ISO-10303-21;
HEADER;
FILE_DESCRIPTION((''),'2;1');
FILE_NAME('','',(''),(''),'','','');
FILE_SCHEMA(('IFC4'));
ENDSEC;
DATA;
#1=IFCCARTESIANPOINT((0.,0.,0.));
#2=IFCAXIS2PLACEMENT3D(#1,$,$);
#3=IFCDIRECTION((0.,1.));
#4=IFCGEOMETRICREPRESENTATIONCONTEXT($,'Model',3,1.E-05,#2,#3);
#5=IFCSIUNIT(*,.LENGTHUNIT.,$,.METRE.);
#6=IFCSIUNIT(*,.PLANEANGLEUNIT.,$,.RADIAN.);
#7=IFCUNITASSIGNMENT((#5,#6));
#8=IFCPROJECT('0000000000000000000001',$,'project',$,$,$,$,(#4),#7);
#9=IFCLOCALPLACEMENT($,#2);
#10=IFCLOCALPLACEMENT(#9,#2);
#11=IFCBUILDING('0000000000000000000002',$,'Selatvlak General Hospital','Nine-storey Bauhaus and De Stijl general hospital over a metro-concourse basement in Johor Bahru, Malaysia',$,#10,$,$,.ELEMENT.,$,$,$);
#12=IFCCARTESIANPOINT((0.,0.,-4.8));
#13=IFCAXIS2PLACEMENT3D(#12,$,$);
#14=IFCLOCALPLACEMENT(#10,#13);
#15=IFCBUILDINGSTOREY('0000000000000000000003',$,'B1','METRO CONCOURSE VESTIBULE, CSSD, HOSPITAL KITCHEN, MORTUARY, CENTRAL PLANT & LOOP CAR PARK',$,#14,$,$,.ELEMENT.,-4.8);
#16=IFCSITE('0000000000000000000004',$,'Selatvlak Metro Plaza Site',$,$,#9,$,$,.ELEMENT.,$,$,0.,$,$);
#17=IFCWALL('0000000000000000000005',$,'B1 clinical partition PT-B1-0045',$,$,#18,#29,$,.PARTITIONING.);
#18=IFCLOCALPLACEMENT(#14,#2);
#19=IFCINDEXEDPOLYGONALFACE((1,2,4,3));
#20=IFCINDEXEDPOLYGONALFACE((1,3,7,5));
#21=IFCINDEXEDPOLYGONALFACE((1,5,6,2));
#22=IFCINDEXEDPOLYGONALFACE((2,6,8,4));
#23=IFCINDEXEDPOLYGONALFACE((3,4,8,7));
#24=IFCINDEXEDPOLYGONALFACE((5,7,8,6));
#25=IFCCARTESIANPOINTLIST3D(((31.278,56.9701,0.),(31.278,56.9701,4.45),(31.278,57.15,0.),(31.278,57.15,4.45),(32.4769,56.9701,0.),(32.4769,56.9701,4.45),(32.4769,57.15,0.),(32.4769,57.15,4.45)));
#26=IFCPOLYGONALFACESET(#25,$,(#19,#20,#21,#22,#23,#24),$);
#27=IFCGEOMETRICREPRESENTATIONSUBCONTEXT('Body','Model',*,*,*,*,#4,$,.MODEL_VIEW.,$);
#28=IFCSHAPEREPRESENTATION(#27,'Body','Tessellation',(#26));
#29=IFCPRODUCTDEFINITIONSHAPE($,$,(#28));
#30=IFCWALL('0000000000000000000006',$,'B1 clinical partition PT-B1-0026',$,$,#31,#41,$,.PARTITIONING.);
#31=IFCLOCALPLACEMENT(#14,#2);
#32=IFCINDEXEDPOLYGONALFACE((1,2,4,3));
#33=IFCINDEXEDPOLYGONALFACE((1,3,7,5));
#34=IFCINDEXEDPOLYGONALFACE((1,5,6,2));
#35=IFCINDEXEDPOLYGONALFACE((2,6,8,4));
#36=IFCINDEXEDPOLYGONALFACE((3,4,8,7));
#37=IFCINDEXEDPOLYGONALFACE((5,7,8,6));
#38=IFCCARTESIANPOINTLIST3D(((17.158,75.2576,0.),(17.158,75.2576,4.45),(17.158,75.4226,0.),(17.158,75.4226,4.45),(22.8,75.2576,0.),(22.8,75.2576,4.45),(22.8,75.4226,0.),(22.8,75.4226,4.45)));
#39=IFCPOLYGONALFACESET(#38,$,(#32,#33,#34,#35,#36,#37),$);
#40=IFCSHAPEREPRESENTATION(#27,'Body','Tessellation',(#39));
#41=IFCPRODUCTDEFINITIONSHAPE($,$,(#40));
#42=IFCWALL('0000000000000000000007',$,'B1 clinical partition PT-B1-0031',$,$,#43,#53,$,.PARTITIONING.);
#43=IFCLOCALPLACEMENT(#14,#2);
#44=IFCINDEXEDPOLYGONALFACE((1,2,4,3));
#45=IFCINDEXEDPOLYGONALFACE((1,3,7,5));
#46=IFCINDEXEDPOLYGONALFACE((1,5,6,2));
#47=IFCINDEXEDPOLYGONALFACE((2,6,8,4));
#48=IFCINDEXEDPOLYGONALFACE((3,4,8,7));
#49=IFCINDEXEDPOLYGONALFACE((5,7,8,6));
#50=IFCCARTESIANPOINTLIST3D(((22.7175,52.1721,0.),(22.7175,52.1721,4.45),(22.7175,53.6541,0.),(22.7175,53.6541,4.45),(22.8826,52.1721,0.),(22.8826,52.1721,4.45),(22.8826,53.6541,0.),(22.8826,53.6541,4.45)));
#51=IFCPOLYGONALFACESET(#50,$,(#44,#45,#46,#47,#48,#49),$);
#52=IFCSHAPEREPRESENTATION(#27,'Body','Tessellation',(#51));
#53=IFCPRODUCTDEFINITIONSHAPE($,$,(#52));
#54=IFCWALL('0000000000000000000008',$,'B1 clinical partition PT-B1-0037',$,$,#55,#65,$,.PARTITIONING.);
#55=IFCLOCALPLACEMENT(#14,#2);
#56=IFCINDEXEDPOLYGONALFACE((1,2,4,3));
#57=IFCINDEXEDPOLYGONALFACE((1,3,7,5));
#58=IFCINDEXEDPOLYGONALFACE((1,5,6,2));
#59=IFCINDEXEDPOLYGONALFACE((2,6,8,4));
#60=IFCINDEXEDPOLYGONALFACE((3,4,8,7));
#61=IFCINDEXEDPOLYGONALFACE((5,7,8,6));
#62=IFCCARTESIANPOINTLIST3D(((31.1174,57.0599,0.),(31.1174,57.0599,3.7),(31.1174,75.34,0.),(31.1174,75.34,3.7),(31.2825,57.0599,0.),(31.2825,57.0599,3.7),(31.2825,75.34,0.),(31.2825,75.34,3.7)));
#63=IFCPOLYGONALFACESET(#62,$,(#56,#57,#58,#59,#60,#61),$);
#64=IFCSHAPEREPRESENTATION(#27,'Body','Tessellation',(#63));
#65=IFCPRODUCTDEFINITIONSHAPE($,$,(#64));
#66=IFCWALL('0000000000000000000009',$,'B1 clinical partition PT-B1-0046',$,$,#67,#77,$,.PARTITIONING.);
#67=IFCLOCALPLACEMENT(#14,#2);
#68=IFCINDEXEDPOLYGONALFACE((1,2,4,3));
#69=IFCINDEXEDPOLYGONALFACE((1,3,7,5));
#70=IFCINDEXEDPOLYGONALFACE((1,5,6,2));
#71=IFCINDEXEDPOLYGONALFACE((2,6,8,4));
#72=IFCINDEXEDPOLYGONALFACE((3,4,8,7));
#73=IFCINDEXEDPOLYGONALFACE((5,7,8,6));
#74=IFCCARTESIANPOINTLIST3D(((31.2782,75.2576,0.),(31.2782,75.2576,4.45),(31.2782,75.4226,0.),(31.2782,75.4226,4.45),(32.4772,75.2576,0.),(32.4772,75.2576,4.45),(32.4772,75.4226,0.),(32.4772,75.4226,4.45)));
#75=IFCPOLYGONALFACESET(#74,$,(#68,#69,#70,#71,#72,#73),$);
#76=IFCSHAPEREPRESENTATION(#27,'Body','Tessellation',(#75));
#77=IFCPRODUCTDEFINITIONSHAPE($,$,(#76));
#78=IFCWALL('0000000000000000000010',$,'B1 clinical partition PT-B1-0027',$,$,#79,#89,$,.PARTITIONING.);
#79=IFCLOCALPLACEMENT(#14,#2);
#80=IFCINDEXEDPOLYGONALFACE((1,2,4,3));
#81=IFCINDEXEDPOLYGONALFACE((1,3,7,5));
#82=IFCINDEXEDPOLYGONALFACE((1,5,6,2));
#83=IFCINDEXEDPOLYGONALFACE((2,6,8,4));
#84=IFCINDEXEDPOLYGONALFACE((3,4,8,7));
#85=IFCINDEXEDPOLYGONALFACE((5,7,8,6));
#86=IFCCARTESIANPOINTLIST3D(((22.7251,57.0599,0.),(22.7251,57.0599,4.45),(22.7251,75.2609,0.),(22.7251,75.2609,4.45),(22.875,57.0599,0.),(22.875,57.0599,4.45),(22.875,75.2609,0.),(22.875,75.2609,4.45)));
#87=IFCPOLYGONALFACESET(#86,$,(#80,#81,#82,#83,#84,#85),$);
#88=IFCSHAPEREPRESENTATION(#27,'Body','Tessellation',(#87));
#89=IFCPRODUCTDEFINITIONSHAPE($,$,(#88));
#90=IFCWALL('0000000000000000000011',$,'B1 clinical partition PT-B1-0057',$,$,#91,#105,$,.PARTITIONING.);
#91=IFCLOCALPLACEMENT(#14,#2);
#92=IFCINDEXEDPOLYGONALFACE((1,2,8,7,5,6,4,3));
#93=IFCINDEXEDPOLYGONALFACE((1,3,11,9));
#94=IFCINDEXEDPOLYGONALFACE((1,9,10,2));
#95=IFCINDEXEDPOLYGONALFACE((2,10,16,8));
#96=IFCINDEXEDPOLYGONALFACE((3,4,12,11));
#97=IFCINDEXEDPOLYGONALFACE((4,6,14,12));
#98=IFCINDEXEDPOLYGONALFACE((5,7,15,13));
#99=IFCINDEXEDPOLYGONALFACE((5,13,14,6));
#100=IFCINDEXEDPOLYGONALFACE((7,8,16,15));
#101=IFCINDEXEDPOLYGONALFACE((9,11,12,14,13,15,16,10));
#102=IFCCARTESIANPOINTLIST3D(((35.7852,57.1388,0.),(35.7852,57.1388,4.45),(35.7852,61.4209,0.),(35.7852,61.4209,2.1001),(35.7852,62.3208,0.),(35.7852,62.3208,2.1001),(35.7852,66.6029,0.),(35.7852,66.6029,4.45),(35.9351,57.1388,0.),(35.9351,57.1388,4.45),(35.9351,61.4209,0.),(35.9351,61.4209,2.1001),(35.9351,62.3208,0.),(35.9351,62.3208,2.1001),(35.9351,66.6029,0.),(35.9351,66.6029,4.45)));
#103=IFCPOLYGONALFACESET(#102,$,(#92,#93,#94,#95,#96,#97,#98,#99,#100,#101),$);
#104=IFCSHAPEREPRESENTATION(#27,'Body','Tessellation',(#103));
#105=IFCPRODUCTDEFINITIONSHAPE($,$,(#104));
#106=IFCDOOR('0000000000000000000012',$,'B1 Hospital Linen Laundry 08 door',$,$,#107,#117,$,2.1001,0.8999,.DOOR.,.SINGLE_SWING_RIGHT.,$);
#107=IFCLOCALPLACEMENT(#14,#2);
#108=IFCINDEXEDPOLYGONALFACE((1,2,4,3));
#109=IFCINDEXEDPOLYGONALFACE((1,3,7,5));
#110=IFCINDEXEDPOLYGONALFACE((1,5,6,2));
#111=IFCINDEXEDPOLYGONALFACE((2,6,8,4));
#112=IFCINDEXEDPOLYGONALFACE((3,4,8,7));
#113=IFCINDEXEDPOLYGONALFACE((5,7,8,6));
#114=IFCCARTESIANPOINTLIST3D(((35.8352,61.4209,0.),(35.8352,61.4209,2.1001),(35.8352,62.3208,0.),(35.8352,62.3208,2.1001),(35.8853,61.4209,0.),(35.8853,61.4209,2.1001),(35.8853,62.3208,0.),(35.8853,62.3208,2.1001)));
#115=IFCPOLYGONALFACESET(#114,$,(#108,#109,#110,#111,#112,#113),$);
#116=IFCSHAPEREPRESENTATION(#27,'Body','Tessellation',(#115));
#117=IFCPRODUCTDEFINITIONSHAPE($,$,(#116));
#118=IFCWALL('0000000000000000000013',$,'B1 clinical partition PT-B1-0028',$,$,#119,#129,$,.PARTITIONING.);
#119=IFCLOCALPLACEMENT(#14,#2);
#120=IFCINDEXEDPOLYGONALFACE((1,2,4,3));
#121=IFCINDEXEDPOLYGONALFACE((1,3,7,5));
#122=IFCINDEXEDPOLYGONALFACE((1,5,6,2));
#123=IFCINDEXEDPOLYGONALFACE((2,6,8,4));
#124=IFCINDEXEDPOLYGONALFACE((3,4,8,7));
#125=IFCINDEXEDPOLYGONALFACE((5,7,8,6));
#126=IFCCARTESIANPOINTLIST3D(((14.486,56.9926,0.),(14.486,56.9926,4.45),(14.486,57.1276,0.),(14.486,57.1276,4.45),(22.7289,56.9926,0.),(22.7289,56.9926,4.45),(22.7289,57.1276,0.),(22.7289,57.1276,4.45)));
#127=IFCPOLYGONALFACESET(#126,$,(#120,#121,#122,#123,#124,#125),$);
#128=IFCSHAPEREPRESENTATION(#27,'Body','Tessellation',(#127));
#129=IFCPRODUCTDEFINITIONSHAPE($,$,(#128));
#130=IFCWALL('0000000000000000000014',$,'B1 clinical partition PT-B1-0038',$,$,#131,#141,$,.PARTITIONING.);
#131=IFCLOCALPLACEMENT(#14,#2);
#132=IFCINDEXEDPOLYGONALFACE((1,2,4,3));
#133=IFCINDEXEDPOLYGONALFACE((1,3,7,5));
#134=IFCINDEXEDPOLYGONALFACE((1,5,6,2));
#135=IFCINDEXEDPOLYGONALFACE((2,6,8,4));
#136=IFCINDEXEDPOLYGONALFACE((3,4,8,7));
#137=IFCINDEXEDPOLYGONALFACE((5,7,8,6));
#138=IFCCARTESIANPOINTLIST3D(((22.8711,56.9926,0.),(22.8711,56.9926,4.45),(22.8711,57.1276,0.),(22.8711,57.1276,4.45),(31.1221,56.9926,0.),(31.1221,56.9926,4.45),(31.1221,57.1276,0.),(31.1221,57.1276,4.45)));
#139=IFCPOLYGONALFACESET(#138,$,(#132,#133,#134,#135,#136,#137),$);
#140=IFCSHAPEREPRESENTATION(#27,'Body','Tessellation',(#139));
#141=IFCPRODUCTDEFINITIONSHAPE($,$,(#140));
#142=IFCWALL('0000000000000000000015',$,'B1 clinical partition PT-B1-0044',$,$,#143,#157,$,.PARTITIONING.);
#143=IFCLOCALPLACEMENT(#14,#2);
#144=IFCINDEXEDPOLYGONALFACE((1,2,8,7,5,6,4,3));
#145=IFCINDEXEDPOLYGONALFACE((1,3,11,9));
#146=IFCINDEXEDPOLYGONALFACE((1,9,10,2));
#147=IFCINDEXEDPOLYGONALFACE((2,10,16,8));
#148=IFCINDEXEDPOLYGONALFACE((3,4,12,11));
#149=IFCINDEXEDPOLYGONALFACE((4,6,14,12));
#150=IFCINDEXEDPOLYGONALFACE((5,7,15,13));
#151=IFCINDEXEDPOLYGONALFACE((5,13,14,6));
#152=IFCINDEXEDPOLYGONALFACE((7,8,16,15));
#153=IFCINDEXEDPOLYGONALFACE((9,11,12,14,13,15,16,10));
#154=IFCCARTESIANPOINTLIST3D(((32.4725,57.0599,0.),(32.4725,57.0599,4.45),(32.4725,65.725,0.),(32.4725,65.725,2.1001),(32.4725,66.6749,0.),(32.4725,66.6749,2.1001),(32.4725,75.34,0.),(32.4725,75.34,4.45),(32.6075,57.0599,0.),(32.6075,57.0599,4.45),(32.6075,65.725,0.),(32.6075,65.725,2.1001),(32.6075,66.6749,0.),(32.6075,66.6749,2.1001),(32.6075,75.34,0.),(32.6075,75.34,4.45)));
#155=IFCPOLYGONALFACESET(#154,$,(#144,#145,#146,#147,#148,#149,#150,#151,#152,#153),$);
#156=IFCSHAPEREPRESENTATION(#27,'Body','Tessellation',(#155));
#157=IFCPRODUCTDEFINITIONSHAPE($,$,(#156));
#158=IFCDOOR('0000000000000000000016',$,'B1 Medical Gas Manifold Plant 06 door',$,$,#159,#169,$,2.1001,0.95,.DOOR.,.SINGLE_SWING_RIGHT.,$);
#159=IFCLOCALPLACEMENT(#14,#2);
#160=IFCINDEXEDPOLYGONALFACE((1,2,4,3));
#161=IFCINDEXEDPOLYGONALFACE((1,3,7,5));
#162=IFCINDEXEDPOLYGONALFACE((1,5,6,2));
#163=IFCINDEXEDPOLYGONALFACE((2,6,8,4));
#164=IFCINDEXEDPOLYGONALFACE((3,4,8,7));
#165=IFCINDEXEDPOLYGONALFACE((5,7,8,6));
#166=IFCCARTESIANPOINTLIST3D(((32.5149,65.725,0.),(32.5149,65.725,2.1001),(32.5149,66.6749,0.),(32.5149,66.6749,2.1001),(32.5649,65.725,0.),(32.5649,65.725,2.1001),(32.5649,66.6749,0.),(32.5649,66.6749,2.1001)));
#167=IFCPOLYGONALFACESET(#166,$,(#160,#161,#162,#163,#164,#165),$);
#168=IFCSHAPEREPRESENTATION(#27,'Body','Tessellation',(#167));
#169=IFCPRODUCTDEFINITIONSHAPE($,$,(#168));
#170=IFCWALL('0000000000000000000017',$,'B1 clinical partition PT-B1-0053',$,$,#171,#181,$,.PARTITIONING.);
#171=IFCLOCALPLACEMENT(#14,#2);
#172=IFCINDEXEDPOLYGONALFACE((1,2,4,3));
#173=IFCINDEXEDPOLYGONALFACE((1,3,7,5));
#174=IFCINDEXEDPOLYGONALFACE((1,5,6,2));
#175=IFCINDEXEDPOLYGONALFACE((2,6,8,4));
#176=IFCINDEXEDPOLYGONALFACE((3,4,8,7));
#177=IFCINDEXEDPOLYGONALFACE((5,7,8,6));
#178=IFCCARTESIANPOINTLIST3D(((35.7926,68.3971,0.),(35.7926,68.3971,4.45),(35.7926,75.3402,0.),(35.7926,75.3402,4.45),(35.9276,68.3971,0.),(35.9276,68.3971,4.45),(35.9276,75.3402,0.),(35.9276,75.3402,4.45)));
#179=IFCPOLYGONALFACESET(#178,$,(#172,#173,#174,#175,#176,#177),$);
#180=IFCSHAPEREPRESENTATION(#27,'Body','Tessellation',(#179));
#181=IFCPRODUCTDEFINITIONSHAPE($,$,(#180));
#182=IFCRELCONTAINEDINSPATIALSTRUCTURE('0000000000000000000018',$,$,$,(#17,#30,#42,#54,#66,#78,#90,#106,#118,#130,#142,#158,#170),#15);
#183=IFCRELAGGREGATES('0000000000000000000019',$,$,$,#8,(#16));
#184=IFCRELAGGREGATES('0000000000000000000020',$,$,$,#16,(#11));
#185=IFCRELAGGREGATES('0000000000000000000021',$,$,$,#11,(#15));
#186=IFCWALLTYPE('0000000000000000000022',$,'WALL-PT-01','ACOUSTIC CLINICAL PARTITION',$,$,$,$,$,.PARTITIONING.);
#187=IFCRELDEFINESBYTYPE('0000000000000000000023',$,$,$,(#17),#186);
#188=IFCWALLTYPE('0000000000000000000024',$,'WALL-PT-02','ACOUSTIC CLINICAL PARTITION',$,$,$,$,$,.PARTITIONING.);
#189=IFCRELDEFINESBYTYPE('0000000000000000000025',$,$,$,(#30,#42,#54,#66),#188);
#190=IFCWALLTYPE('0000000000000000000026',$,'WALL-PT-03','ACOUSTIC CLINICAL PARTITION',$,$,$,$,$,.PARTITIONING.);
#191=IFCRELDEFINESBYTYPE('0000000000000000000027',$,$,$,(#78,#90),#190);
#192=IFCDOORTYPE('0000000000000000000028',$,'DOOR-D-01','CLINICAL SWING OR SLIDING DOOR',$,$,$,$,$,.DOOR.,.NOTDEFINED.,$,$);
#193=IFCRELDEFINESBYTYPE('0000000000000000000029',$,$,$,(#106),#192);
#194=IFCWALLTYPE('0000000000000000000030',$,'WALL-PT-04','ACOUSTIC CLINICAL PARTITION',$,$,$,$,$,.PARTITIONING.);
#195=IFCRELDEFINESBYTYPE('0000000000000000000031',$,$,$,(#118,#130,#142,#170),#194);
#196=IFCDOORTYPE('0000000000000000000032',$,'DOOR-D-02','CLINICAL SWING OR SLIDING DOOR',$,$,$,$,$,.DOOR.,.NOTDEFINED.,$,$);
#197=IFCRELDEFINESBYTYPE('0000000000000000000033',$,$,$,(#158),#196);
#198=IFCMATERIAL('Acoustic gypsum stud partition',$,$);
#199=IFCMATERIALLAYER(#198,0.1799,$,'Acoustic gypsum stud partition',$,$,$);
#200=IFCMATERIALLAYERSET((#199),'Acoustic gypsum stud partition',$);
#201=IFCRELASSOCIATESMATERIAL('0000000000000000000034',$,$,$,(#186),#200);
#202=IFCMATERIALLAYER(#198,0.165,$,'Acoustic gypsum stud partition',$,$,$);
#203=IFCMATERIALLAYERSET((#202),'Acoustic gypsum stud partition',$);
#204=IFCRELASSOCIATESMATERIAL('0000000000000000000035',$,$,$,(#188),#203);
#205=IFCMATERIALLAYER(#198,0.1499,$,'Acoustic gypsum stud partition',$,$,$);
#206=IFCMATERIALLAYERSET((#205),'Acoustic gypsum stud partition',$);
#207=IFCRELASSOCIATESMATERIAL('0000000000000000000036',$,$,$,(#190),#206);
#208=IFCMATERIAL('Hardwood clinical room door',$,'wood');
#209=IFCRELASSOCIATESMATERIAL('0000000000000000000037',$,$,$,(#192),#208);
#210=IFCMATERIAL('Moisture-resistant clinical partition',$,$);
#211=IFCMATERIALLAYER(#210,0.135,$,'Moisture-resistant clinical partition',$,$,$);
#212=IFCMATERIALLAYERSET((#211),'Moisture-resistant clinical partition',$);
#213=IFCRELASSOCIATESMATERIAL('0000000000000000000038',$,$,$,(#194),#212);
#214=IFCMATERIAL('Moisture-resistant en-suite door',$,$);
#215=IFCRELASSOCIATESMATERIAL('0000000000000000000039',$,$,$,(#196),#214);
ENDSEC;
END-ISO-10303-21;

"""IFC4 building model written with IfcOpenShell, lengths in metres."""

from ifc_helpers import new_model, si_unit, direction, frame, frame_2d, origin, place, context, subcontext, project, spatial, rectangle, extrude, material, layer, layer_set, type_object, element, fill, save


model = new_model("IFC4")

# Units and contexts
model_context = context("Model", 3, precision=1e-05, world=origin(), true_north=direction((0.0, 1.0)))
body_context = subcontext(model_context, "Body", "Model", "MODEL_VIEW")
ifc_project = project(units=[si_unit("LENGTHUNIT", "METRE"), si_unit("PLANEANGLEUNIT", "RADIAN")], contexts=[model_context])

# Site, building, storey
site_placement = place(None, origin())
site = spatial("IfcSite", under=ifc_project, at=site_placement, Name="Selatvlak Metro Plaza Site", CompositionType="ELEMENT", RefElevation=0.0)
building_placement = place(site_placement, origin())
building = spatial("IfcBuilding", under=site, at=building_placement, Name="Selatvlak General Hospital", Description="Nine-storey Bauhaus and De Stijl general hospital over a metro-concourse basement in Johor Bahru, Malaysia", CompositionType="ELEMENT")
storey_placement = place(building_placement, frame((0.0, 0.0, -4.8)))
storey = spatial("IfcBuildingStorey", under=building, at=storey_placement, Name="B1", Description="METRO CONCOURSE VESTIBULE, CSSD, HOSPITAL KITCHEN, MORTUARY, CENTRAL PLANT & LOOP CAR PARK", CompositionType="ELEMENT", Elevation=-4.8)

# Shared definitions
ifc_material_1 = material(Name="Acoustic gypsum stud partition")
ifc_layer_1 = layer(ifc_material_1, 0.1799, Name="Acoustic gypsum stud partition")
ifc_layer_set_1 = layer_set([ifc_layer_1], Name="Acoustic gypsum stud partition")
wall_type_1 = type_object("IfcWallType", Name="WALL-PT-01", Description="ACOUSTIC CLINICAL PARTITION", PredefinedType="PARTITIONING", material=ifc_layer_set_1)

# Walls
wall_1_placement = place(storey_placement, frame((32.4771, 57.0601, 0.0), z_axis=(0.0, 0.0, 1.0), x_axis=(-1.0, 0.0, 0.0)))
element("IfcWall", 1, at=wall_1_placement, inside=storey, type_object=wall_type_1, Name="B1 clinical partition PT-B1-0045", PredefinedType="PARTITIONING", context=body_context, shape_type="SweptSolid", body=[
    extrude(rectangle(XDim=1.199, YDim=0.1799, at=frame_2d((0.5996, 0.0))), origin(), (0.0, 0.0, 1.0), 4.45),
])
ifc_layer_2 = layer(ifc_material_1, 0.165, Name="Acoustic gypsum stud partition")
ifc_layer_set_2 = layer_set([ifc_layer_2], Name="Acoustic gypsum stud partition")
wall_type_2 = type_object("IfcWallType", Name="WALL-PT-02", Description="ACOUSTIC CLINICAL PARTITION", PredefinedType="PARTITIONING", material=ifc_layer_set_2)
wall_2_placement = place(storey_placement, frame((17.158, 75.3401, 0.0), z_axis=(0.0, 0.0, 1.0), x_axis=(1.0, 0.0, 0.0)))
element("IfcWall", 2, at=wall_2_placement, inside=storey, type_object=wall_type_2, Name="B1 clinical partition PT-B1-0026", PredefinedType="PARTITIONING", context=body_context, shape_type="SweptSolid", body=[
    extrude(rectangle(XDim=5.6421, YDim=0.165, at=frame_2d((2.821, 0.0))), origin(), (0.0, 0.0, 1.0), 4.45),
])
wall_3_placement = place(storey_placement, frame((22.8, 53.6541, 0.0), z_axis=(0.0, 0.0, 1.0), x_axis=(0.0, -1.0, 0.0)))
element("IfcWall", 3, at=wall_3_placement, inside=storey, type_object=wall_type_2, Name="B1 clinical partition PT-B1-0031", PredefinedType="PARTITIONING", context=body_context, shape_type="SweptSolid", body=[
    extrude(rectangle(XDim=1.4819, YDim=0.165, at=frame_2d((0.741, 0.0))), origin(), (0.0, 0.0, 1.0), 4.45),
])
wall_4_placement = place(storey_placement, frame((31.2, 75.3401, 0.0), z_axis=(0.0, 0.0, 1.0), x_axis=(0.0, -1.0, 0.0)))
element("IfcWall", 4, at=wall_4_placement, inside=storey, type_object=wall_type_2, Name="B1 clinical partition PT-B1-0037", PredefinedType="PARTITIONING", context=body_context, shape_type="SweptSolid", body=[
    extrude(rectangle(XDim=18.28, YDim=0.165, at=frame_2d((9.1401, 0.0))), origin(), (0.0, 0.0, 1.0), 3.7),
])
wall_5_placement = place(storey_placement, frame((31.2781, 75.3401, 0.0), z_axis=(0.0, 0.0, 1.0), x_axis=(1.0, 0.0, 0.0)))
element("IfcWall", 5, at=wall_5_placement, inside=storey, type_object=wall_type_2, Name="B1 clinical partition PT-B1-0046", PredefinedType="PARTITIONING", context=body_context, shape_type="SweptSolid", body=[
    extrude(rectangle(XDim=1.199, YDim=0.165, at=frame_2d((0.5996, 0.0))), origin(), (0.0, 0.0, 1.0), 4.45),
])
ifc_layer_3 = layer(ifc_material_1, 0.1499, Name="Acoustic gypsum stud partition")
ifc_layer_set_3 = layer_set([ifc_layer_3], Name="Acoustic gypsum stud partition")
wall_type_3 = type_object("IfcWallType", Name="WALL-PT-03", Description="ACOUSTIC CLINICAL PARTITION", PredefinedType="PARTITIONING", material=ifc_layer_set_3)
wall_6_placement = place(storey_placement, frame((22.8, 75.261, 0.0), z_axis=(0.0, 0.0, 1.0), x_axis=(0.0, -1.0, 0.0)))
element("IfcWall", 6, at=wall_6_placement, inside=storey, type_object=wall_type_3, Name="B1 clinical partition PT-B1-0027", PredefinedType="PARTITIONING", context=body_context, shape_type="SweptSolid", body=[
    extrude(rectangle(XDim=18.2009, YDim=0.1499, at=frame_2d((9.1006, 0.0))), origin(), (0.0, 0.0, 1.0), 4.45),
])

# Wall, opening, door
wall_7_placement = place(storey_placement, frame((35.8601, 57.1389, 0.0), z_axis=(0.0, 0.0, 1.0), x_axis=(0.0, 1.0, 0.0)))
wall_7 = element("IfcWall", 7, at=wall_7_placement, inside=storey, type_object=wall_type_3, Name="B1 clinical partition PT-B1-0057", PredefinedType="PARTITIONING", context=body_context, shape_type="SweptSolid", body=[
    extrude(rectangle(XDim=9.4641, YDim=0.1499, at=frame_2d((4.7319, 0.0))), origin(), (0.0, 0.0, 1.0), 4.45),
])
opening_1_placement = place(wall_7_placement, frame((4.282, 0.0, 0.0)))
opening_1 = element("IfcOpeningElement", 8, at=opening_1_placement, cuts=wall_7, PredefinedType="OPENING", context=body_context, shape_type="SweptSolid", body=[
    extrude(rectangle(XDim=0.8999, YDim=2.1001, at=frame_2d((0.45, 1.05))), frame((0.0, 0.085, 0.0), z_axis=(0.0, -1.0, 0.0), x_axis=(1.0, 0.0, 0.0)), (0.0, 0.0, 1.0), 0.1699),
])
ifc_material_2 = material(Name="Hardwood clinical room door", Category="wood")
door_type_1 = type_object("IfcDoorType", Name="DOOR-D-01", Description="CLINICAL SWING OR SLIDING DOOR", OperationType="NOTDEFINED", PredefinedType="DOOR", material=ifc_material_2)
door_1_placement = place(opening_1_placement, origin())
door_1 = element("IfcDoor", 9, at=door_1_placement, inside=storey, type_object=door_type_1, Name="B1 Hospital Linen Laundry 08 door", OperationType="SINGLE_SWING_RIGHT", OverallHeight=2.1001, OverallWidth=0.8999, PredefinedType="DOOR", context=body_context, shape_type="SweptSolid", body=[
    extrude(rectangle(XDim=0.8999, YDim=2.1001, at=frame_2d((0.45, 1.05))), frame((0.0, 0.0249, 0.0), z_axis=(0.0, -1.0, 0.0), x_axis=(1.0, 0.0, 0.0)), (0.0, 0.0, 1.0), 0.05),
])
fill(opening_1, door_1)

# Walls
ifc_material_3 = material(Name="Moisture-resistant clinical partition")
ifc_layer_4 = layer(ifc_material_3, 0.135, Name="Moisture-resistant clinical partition")
ifc_layer_set_4 = layer_set([ifc_layer_4], Name="Moisture-resistant clinical partition")
wall_type_4 = type_object("IfcWallType", Name="WALL-PT-04", Description="ACOUSTIC CLINICAL PARTITION", PredefinedType="PARTITIONING", material=ifc_layer_set_4)
wall_8_placement = place(storey_placement, frame((22.729, 57.0601, 0.0), z_axis=(0.0, 0.0, 1.0), x_axis=(-1.0, 0.0, 0.0)))
element("IfcWall", 10, at=wall_8_placement, inside=storey, type_object=wall_type_4, Name="B1 clinical partition PT-B1-0028", PredefinedType="PARTITIONING", context=body_context, shape_type="SweptSolid", body=[
    extrude(rectangle(XDim=8.2429, YDim=0.135, at=frame_2d((4.1216, 0.0))), origin(), (0.0, 0.0, 1.0), 4.45),
])
wall_9_placement = place(storey_placement, frame((31.1221, 57.0601, 0.0), z_axis=(0.0, 0.0, 1.0), x_axis=(-1.0, 0.0, 0.0)))
element("IfcWall", 11, at=wall_9_placement, inside=storey, type_object=wall_type_4, Name="B1 clinical partition PT-B1-0038", PredefinedType="PARTITIONING", context=body_context, shape_type="SweptSolid", body=[
    extrude(rectangle(XDim=8.251, YDim=0.135, at=frame_2d((4.1255, 0.0))), origin(), (0.0, 0.0, 1.0), 4.45),
])

# Wall, opening, door
wall_10_placement = place(storey_placement, frame((32.54, 75.3401, 0.0), z_axis=(0.0, 0.0, 1.0), x_axis=(0.0, -1.0, 0.0)))
wall_10 = element("IfcWall", 12, at=wall_10_placement, inside=storey, type_object=wall_type_4, Name="B1 clinical partition PT-B1-0044", PredefinedType="PARTITIONING", context=body_context, shape_type="SweptSolid", body=[
    extrude(rectangle(XDim=18.28, YDim=0.135, at=frame_2d((9.1401, 0.0))), origin(), (0.0, 0.0, 1.0), 4.45),
])
opening_2_placement = place(wall_10_placement, frame((8.665, 0.0, 0.0)))
opening_2 = element("IfcOpeningElement", 13, at=opening_2_placement, cuts=wall_10, PredefinedType="OPENING", context=body_context, shape_type="SweptSolid", body=[
    extrude(rectangle(XDim=0.95, YDim=2.1001, at=frame_2d((0.4751, 1.05))), frame((0.0, 0.0774, 0.0), z_axis=(0.0, -1.0, 0.0), x_axis=(1.0, 0.0, 0.0)), (0.0, 0.0, 1.0), 0.155),
])
ifc_material_4 = material(Name="Moisture-resistant en-suite door")
door_type_2 = type_object("IfcDoorType", Name="DOOR-D-02", Description="CLINICAL SWING OR SLIDING DOOR", OperationType="NOTDEFINED", PredefinedType="DOOR", material=ifc_material_4)
door_2_placement = place(opening_2_placement, origin())
door_2 = element("IfcDoor", 14, at=door_2_placement, inside=storey, type_object=door_type_2, Name="B1 Medical Gas Manifold Plant 06 door", OperationType="SINGLE_SWING_RIGHT", OverallHeight=2.1001, OverallWidth=0.95, PredefinedType="DOOR", context=body_context, shape_type="SweptSolid", body=[
    extrude(rectangle(XDim=0.95, YDim=2.1001, at=frame_2d((0.4751, 1.05))), frame((0.0, 0.0249, 0.0), z_axis=(0.0, -1.0, 0.0), x_axis=(1.0, 0.0, 0.0)), (0.0, 0.0, 1.0), 0.05),
])
fill(opening_2, door_2)

# Wall
wall_11_placement = place(storey_placement, frame((35.8601, 68.397, 0.0), z_axis=(0.0, 0.0, 1.0), x_axis=(0.0, 1.0, 0.0)))
element("IfcWall", 15, at=wall_11_placement, inside=storey, type_object=wall_type_4, Name="B1 clinical partition PT-B1-0053", PredefinedType="PARTITIONING", context=body_context, shape_type="SweptSolid", body=[
    extrude(rectangle(XDim=6.9431, YDim=0.135, at=frame_2d((3.4717, 0.0))), origin(), (0.0, 0.0, 1.0), 4.45),
])

save(model, "model.ifc")
